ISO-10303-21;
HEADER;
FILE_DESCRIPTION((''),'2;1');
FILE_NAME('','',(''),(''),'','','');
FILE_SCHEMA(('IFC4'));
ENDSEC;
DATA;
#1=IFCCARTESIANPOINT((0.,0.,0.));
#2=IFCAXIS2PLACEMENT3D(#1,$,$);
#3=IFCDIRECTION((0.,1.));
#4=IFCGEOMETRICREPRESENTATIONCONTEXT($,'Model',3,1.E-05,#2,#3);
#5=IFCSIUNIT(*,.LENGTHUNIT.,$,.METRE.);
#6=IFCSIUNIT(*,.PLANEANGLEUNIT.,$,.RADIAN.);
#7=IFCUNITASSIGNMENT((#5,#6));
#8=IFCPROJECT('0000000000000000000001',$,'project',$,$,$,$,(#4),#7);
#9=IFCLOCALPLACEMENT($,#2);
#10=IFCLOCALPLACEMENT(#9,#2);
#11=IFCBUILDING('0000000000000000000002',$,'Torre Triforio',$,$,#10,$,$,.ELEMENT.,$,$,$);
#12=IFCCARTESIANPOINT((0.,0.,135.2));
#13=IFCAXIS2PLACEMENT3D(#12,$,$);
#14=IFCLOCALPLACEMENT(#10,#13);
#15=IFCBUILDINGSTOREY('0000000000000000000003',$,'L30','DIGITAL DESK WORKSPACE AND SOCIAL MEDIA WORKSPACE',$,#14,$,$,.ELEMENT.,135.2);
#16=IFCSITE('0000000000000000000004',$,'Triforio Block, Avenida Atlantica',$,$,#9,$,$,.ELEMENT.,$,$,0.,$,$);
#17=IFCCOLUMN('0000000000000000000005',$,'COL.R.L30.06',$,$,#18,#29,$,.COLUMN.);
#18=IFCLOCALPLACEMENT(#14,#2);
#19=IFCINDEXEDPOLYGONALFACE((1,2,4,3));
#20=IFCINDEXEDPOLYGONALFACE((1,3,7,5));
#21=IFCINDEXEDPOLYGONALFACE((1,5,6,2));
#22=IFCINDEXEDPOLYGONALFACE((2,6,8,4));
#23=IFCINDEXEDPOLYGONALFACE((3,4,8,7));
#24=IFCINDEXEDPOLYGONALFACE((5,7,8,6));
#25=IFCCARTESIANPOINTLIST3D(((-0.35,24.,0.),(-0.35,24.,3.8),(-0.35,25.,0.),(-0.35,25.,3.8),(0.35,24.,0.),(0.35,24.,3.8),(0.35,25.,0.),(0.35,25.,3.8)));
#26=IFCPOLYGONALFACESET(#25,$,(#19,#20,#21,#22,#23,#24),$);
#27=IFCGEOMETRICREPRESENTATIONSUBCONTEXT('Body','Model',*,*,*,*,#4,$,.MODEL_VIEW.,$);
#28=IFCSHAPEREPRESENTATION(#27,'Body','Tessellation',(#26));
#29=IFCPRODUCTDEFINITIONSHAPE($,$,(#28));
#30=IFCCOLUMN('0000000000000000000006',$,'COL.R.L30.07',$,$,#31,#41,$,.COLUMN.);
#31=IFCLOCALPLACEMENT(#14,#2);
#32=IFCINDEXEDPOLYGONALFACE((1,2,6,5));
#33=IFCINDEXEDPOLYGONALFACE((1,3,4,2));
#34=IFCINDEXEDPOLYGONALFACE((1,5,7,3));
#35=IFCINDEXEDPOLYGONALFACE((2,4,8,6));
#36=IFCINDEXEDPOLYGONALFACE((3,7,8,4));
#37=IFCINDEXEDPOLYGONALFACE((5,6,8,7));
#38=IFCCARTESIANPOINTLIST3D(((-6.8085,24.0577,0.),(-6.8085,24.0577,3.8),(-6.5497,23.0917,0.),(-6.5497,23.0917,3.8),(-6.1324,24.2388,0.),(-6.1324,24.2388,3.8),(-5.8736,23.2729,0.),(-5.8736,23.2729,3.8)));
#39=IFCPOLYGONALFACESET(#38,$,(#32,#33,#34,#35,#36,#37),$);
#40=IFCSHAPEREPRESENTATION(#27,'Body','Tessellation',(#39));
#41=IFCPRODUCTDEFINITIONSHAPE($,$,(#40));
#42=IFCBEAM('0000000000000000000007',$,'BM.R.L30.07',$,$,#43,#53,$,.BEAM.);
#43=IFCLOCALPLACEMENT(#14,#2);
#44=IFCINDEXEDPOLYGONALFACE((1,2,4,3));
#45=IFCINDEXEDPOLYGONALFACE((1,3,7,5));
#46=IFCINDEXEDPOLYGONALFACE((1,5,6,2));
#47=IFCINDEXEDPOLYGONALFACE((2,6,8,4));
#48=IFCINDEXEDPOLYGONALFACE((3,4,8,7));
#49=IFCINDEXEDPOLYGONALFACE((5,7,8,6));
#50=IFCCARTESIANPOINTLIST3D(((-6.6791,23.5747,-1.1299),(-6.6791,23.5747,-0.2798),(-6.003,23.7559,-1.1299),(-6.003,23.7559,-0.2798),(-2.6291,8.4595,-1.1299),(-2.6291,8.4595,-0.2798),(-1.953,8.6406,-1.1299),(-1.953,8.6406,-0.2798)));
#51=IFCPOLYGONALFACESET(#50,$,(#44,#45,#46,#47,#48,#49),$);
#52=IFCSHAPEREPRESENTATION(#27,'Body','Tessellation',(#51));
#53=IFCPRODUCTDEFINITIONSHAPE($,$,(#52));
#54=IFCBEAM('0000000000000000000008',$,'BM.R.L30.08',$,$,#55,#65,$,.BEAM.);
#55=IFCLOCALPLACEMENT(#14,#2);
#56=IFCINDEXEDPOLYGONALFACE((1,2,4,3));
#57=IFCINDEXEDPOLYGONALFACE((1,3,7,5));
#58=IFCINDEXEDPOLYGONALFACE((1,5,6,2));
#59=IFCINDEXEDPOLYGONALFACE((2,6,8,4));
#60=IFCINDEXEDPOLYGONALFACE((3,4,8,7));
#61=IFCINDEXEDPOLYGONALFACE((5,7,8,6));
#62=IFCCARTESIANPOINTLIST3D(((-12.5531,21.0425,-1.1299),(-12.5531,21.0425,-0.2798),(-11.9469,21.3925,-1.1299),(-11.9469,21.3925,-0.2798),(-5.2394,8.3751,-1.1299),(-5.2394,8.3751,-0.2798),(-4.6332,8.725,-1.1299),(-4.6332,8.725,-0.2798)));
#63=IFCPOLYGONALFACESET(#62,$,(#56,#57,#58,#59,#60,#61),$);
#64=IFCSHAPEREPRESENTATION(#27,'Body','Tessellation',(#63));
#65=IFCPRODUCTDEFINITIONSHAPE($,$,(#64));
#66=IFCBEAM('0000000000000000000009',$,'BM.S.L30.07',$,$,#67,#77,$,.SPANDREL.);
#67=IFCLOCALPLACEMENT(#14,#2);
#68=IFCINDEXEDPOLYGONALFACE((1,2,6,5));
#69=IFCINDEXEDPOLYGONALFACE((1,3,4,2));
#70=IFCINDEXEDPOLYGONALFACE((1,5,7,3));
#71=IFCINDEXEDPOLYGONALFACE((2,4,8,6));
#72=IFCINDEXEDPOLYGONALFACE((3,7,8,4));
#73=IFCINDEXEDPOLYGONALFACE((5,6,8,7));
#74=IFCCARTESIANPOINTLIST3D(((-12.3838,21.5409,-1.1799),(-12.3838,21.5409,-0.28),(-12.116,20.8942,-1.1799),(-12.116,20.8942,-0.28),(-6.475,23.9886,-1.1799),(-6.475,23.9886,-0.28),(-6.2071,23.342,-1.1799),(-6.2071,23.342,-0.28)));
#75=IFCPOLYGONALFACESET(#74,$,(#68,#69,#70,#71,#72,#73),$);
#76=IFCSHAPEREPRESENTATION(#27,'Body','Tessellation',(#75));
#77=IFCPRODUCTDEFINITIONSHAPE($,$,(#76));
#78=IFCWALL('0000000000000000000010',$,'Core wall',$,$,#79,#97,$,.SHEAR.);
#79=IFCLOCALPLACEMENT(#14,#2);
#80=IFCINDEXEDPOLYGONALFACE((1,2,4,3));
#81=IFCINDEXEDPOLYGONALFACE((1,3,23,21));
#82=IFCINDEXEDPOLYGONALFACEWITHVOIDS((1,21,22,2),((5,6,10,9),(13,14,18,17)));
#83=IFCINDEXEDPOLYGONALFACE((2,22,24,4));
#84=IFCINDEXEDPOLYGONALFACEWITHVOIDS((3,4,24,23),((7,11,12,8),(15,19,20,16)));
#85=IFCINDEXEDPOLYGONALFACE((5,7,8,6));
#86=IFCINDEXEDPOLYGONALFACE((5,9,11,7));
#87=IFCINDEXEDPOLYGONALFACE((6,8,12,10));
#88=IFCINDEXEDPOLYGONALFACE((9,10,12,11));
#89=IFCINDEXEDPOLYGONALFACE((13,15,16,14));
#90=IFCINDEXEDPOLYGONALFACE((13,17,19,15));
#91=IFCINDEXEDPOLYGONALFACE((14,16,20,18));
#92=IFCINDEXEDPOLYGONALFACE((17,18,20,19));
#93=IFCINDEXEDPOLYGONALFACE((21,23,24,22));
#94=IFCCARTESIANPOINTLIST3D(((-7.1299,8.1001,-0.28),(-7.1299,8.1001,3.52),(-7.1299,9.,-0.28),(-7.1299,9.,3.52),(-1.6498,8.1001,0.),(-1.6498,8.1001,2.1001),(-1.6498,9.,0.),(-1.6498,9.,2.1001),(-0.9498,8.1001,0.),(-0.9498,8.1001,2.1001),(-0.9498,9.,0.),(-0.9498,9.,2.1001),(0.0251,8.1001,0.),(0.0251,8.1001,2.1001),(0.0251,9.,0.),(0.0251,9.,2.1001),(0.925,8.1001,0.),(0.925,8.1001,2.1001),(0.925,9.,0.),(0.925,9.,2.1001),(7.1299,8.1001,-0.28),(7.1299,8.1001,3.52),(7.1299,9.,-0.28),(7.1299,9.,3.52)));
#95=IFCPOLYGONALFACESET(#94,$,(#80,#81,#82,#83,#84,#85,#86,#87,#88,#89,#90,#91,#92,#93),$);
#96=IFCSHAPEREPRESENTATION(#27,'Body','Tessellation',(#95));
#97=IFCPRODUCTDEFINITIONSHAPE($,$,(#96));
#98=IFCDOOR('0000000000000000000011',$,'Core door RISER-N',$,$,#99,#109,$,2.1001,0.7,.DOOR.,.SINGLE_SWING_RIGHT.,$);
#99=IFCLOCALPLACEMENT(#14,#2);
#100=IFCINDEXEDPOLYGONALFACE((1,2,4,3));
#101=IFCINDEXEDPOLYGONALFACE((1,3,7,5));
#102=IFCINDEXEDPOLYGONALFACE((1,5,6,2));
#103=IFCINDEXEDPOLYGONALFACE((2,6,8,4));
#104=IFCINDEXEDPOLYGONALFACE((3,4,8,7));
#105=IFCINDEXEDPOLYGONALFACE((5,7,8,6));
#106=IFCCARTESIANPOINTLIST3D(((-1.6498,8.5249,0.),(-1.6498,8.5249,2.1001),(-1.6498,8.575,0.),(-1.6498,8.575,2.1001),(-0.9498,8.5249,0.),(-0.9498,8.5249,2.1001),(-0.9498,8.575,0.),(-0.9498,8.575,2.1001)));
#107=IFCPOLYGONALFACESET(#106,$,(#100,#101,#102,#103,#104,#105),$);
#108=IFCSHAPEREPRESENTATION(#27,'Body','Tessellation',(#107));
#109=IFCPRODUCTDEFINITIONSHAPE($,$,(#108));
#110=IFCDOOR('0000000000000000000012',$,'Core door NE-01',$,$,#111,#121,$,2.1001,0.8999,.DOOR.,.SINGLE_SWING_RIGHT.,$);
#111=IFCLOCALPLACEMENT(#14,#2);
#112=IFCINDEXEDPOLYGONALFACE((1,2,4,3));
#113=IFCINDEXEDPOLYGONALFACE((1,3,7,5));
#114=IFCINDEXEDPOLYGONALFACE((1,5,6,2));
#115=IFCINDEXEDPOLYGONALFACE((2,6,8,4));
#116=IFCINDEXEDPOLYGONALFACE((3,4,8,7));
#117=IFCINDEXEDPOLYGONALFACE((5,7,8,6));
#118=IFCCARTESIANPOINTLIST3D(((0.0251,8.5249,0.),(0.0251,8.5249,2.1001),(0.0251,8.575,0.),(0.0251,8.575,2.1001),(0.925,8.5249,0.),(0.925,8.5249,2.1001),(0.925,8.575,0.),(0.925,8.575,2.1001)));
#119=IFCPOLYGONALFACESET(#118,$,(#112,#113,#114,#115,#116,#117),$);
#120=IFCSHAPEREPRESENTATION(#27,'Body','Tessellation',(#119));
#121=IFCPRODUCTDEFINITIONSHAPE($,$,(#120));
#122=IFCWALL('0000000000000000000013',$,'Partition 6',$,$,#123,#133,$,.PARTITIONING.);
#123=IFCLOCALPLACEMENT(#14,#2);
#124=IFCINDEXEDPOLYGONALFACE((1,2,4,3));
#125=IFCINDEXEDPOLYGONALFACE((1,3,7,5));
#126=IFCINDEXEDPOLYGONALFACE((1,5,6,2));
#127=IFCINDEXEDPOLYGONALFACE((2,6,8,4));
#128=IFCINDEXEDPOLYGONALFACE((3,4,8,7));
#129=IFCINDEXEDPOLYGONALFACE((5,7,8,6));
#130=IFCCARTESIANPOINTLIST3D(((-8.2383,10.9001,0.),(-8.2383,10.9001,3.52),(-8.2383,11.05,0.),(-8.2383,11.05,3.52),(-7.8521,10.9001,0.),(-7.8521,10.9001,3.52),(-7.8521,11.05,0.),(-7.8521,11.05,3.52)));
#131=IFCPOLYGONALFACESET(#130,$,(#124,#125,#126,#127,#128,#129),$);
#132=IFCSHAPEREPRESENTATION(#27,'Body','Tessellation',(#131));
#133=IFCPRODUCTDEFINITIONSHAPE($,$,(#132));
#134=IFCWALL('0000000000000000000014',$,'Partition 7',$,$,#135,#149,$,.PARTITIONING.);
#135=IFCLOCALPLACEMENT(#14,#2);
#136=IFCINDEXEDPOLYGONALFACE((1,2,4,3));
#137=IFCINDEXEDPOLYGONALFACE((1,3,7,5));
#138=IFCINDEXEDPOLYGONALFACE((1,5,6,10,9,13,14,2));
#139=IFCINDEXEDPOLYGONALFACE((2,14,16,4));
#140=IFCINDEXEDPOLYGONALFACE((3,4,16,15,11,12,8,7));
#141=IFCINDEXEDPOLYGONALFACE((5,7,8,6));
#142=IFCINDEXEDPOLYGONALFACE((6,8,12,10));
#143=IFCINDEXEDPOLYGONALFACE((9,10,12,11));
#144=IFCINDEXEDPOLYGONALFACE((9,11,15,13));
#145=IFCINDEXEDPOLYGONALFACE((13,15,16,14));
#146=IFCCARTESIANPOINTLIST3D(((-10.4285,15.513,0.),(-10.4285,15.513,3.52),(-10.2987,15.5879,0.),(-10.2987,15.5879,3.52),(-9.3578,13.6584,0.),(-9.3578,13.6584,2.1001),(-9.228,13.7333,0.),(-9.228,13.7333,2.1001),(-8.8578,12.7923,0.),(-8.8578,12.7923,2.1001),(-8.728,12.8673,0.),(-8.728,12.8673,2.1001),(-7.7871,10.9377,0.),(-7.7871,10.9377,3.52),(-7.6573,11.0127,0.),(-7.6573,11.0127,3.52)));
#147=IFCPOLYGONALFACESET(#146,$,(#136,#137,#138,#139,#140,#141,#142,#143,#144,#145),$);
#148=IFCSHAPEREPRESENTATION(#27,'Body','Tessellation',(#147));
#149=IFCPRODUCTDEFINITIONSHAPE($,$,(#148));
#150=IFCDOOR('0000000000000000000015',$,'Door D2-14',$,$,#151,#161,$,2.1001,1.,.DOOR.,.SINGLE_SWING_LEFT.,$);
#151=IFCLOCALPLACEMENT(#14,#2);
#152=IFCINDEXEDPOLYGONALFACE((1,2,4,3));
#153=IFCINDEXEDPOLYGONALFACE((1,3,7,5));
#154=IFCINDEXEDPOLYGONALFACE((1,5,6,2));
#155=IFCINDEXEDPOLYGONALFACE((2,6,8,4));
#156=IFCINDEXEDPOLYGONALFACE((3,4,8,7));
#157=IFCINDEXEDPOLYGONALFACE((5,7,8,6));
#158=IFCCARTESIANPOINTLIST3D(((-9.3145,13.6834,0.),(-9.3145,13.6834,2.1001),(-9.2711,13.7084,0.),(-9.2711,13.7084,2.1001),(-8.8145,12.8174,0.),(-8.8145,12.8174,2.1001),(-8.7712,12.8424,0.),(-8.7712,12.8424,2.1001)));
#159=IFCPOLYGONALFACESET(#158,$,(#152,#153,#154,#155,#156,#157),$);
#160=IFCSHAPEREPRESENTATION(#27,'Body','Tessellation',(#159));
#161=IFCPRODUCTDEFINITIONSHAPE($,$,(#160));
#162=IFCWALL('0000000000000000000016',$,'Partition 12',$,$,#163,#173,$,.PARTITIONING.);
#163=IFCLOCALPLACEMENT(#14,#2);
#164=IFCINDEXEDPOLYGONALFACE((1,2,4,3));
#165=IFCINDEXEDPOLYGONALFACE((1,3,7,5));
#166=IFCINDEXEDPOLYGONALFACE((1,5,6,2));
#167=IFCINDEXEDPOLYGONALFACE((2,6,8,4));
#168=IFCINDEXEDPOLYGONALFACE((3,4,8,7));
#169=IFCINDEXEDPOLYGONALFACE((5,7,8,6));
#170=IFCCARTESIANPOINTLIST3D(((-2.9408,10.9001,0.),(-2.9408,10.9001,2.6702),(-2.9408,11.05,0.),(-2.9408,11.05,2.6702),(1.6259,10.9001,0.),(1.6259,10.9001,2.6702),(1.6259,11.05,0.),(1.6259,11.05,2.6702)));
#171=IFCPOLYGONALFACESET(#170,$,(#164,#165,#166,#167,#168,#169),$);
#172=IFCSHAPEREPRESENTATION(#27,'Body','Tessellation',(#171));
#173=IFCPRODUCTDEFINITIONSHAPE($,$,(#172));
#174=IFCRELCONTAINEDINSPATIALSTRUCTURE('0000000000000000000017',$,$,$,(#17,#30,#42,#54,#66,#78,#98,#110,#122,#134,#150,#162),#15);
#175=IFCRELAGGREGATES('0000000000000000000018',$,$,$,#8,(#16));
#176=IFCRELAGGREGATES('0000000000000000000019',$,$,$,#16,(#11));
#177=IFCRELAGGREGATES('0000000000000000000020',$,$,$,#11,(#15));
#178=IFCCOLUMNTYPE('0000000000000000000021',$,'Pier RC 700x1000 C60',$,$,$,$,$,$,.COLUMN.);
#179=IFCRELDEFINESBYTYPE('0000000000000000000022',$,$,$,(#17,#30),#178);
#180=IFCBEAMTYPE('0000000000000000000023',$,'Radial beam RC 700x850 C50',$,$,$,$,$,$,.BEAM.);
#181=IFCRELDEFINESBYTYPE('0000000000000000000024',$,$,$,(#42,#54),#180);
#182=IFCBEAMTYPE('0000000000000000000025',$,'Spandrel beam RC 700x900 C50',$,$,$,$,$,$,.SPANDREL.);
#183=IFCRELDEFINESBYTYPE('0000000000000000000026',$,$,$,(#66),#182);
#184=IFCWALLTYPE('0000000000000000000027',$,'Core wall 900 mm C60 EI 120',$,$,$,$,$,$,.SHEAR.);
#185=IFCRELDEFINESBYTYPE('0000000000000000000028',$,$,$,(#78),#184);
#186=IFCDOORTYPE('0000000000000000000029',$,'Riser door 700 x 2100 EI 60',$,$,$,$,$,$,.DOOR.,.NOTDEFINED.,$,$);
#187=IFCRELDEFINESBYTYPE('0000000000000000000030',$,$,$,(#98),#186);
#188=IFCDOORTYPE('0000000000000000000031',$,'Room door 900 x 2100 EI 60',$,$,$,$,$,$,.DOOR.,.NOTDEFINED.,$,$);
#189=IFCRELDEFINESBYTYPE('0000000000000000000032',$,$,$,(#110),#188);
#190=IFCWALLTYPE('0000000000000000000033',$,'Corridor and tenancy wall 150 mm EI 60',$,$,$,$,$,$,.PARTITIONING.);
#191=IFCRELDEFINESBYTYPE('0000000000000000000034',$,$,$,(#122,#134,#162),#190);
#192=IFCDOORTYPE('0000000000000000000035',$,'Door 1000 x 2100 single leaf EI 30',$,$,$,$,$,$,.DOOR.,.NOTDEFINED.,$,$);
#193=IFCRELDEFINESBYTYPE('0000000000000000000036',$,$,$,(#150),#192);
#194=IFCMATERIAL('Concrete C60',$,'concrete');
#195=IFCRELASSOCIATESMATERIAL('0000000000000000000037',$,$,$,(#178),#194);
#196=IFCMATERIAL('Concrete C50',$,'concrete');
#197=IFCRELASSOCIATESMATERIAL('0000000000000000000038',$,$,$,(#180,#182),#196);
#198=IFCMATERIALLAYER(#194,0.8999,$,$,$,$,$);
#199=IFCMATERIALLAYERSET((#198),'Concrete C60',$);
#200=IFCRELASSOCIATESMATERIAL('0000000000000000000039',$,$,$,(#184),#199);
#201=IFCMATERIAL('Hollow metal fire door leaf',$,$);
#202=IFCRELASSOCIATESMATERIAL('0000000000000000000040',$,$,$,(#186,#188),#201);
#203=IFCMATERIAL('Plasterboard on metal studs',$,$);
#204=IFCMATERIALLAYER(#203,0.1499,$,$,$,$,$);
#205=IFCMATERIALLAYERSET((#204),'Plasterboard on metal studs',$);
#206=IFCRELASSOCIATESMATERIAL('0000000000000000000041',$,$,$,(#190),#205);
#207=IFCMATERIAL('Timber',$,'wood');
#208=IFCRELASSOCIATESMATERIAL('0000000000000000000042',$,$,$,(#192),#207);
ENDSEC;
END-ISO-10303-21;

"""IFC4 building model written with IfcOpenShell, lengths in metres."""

from ifc_helpers import new_model, si_unit, direction, frame, frame_2d, origin, origin_2d, place, context, subcontext, project, spatial, rectangle, extrude, material, layer, layer_set, material_profile, profile_set, type_object, element, fill, save


model = new_model("IFC4")

# Units and contexts
model_context = context("Model", 3, precision=1e-05, world=origin(), true_north=direction((0.0, 1.0)))
body_context = subcontext(model_context, "Body", "Model", "MODEL_VIEW")
ifc_project = project(units=[si_unit("LENGTHUNIT", "METRE"), si_unit("PLANEANGLEUNIT", "RADIAN")], contexts=[model_context])

# Site, building, storey
site_placement = place(None, origin())
site = spatial("IfcSite", under=ifc_project, at=site_placement, Name="Triforio Block, Avenida Atlantica", CompositionType="ELEMENT", RefElevation=0.0)
building_placement = place(site_placement, origin())
building = spatial("IfcBuilding", under=site, at=building_placement, Name="Torre Triforio", CompositionType="ELEMENT")
storey_placement = place(building_placement, frame((0.0, 0.0, 135.2)))
storey = spatial("IfcBuildingStorey", under=building, at=storey_placement, Name="L30", Description="DIGITAL DESK WORKSPACE AND SOCIAL MEDIA WORKSPACE", CompositionType="ELEMENT", Elevation=135.2)

# Columns
ifc_material_1 = material(Name="Concrete C60", Category="concrete")
ifc_material_profile_1 = material_profile(ifc_material_1, rectangle(XDim=0.7, YDim=1.0, at=origin_2d()), Name="RC 700x1000")
ifc_profile_set_1 = profile_set([ifc_material_profile_1], Name="Concrete C60")
column_type = type_object("IfcColumnType", Name="Pier RC 700x1000 C60", PredefinedType="COLUMN", material=ifc_profile_set_1)
for number, where, z_axis, x_axis, name in (
    (1, (0.0, 24.5, 0.0), (0.0, 0.0, 1.0), (-1.0, 0.0, 0.0), "COL.R.L30.06"),
    (2, (-6.3411, 23.6653, 0.0), (0.0, 0.0, 1.0), (-0.965926, -0.258819, 0.0), "COL.R.L30.07"),
):
    element("IfcColumn", number, at=place(storey_placement, frame(where, z_axis=z_axis, x_axis=x_axis)), inside=storey, type_object=column_type, Name=name, PredefinedType="COLUMN", context=body_context, shape_type="SweptSolid", body=[
        extrude(rectangle(XDim=0.7, YDim=1.0, at=origin_2d()), origin(), (0.0, 0.0, 1.0), 3.8),
    ])

# Beams
ifc_material_2 = material(Name="Concrete C50", Category="concrete")
ifc_material_profile_2 = material_profile(ifc_material_2, rectangle(XDim=0.7, YDim=0.8501, at=origin_2d()), Name="RC 700x850")
ifc_profile_set_2 = profile_set([ifc_material_profile_2], Name="Concrete C50")
beam_type_1 = type_object("IfcBeamType", Name="Radial beam RC 700x850 C50", PredefinedType="BEAM", material=ifc_profile_set_2)
beam_1_placement = place(storey_placement, frame((-2.291, 8.55, -0.7048), z_axis=(-0.258815, 0.965927, 0.0), x_axis=(-0.965927, -0.258815, 0.0)))
element("IfcBeam", 3, at=beam_1_placement, inside=storey, type_object=beam_type_1, Name="BM.R.L30.07", PredefinedType="BEAM", context=body_context, shape_type="SweptSolid", body=[
    extrude(rectangle(XDim=0.7, YDim=0.8501, at=origin_2d()), origin(), (0.0, 0.0, 1.0), 15.6484),
])
beam_2_placement = place(storey_placement, frame((-4.9363, 8.55, -0.7048), z_axis=(-0.500008, 0.866021, 0.0), x_axis=(-0.866021, -0.500008, 0.0)))
element("IfcBeam", 4, at=beam_2_placement, inside=storey, type_object=beam_type_1, Name="BM.R.L30.08", PredefinedType="BEAM", context=body_context, shape_type="SweptSolid", body=[
    extrude(rectangle(XDim=0.7, YDim=0.8501, at=origin_2d()), origin(), (0.0, 0.0, 1.0), 14.6272),
])
ifc_material_profile_3 = material_profile(ifc_material_2, rectangle(XDim=0.7, YDim=0.8999, at=origin_2d()), Name="RC 700x900")
ifc_profile_set_3 = profile_set([ifc_material_profile_3], Name="Concrete C50")
beam_type_2 = type_object("IfcBeamType", Name="Spandrel beam RC 700x900 C50", PredefinedType="SPANDREL", material=ifc_profile_set_3)
beam_3_placement = place(storey_placement, frame((-6.3411, 23.6653, -0.73), z_axis=(-0.923869, -0.382709, 0.0), x_axis=(0.382709, -0.923869, 0.0)))
element("IfcBeam", 5, at=beam_3_placement, inside=storey, type_object=beam_type_2, Name="BM.S.L30.07", PredefinedType="SPANDREL", context=body_context, shape_type="SweptSolid", body=[
    extrude(rectangle(XDim=0.7, YDim=0.8999, at=origin_2d()), origin(), (0.0, 0.0, 1.0), 6.3958),
])

# Wall, openings, doors
ifc_layer_1 = layer(ifc_material_1, 0.8999)
ifc_layer_set_1 = layer_set([ifc_layer_1], Name="Concrete C60")
wall_type_1 = type_object("IfcWallType", Name="Core wall 900 mm C60 EI 120", PredefinedType="SHEAR", material=ifc_layer_set_1)
wall_1_placement = place(storey_placement, frame((-7.1299, 8.55, -0.28), z_axis=(0.0, 0.0, 1.0), x_axis=(1.0, 0.0, 0.0)))
wall_1 = element("IfcWall", 6, at=wall_1_placement, inside=storey, type_object=wall_type_1, Name="Core wall", PredefinedType="SHEAR", context=body_context, shape_type="SweptSolid", body=[
    extrude(rectangle(XDim=14.2598, YDim=0.8999, at=frame_2d((7.1299, 0.0))), origin(), (0.0, 0.0, 1.0), 3.8),
])
opening_1_placement = place(wall_1_placement, frame((5.48, 0.0, 0.28)))
opening_1 = element("IfcOpeningElement", 7, at=opening_1_placement, cuts=wall_1, PredefinedType="OPENING", context=body_context, shape_type="SweptSolid", body=[
    extrude(rectangle(XDim=0.7, YDim=2.1001, at=frame_2d((0.3501, 1.05))), frame((0.0, 0.46, 0.0), z_axis=(0.0, -1.0, 0.0), x_axis=(1.0, 0.0, 0.0)), (0.0, 0.0, 1.0), 0.9199),
])
opening_2_placement = place(wall_1_placement, frame((7.155, 0.0, 0.28)))
opening_2 = element("IfcOpeningElement", 8, at=opening_2_placement, cuts=wall_1, PredefinedType="OPENING", context=body_context, shape_type="SweptSolid", body=[
    extrude(rectangle(XDim=0.8999, YDim=2.1001, at=frame_2d((0.45, 1.05))), frame((0.0, 0.46, 0.0), z_axis=(0.0, -1.0, 0.0), x_axis=(1.0, 0.0, 0.0)), (0.0, 0.0, 1.0), 0.9199),
])
ifc_material_3 = material(Name="Hollow metal fire door leaf")
door_type_1 = type_object("IfcDoorType", Name="Riser door 700 x 2100 EI 60", OperationType="NOTDEFINED", PredefinedType="DOOR", material=ifc_material_3)
door_1_placement = place(opening_1_placement, origin())
door_1 = element("IfcDoor", 9, at=door_1_placement, inside=storey, type_object=door_type_1, Name="Core door RISER-N", OperationType="SINGLE_SWING_RIGHT", OverallHeight=2.1001, OverallWidth=0.7, PredefinedType="DOOR", context=body_context, shape_type="SweptSolid", body=[
    extrude(rectangle(XDim=0.7, YDim=2.1001, at=frame_2d((0.3501, 1.05))), frame((0.0, 0.0249, 0.0), z_axis=(0.0, -1.0, 0.0), x_axis=(1.0, 0.0, 0.0)), (0.0, 0.0, 1.0), 0.05),
])
fill(opening_1, door_1)
door_type_2 = type_object("IfcDoorType", Name="Room door 900 x 2100 EI 60", OperationType="NOTDEFINED", PredefinedType="DOOR", material=ifc_material_3)
door_2_placement = place(opening_2_placement, origin())
door_2 = element("IfcDoor", 10, at=door_2_placement, inside=storey, type_object=door_type_2, Name="Core door NE-01", OperationType="SINGLE_SWING_RIGHT", OverallHeight=2.1001, OverallWidth=0.8999, PredefinedType="DOOR", context=body_context, shape_type="SweptSolid", body=[
    extrude(rectangle(XDim=0.8999, YDim=2.1001, at=frame_2d((0.45, 1.05))), frame((0.0, 0.0249, 0.0), z_axis=(0.0, -1.0, 0.0), x_axis=(1.0, 0.0, 0.0)), (0.0, 0.0, 1.0), 0.05),
])
fill(opening_2, door_2)

# Wall
ifc_material_4 = material(Name="Plasterboard on metal studs")
ifc_layer_2 = layer(ifc_material_4, 0.1499)
ifc_layer_set_2 = layer_set([ifc_layer_2], Name="Plasterboard on metal studs")
wall_type_2 = type_object("IfcWallType", Name="Corridor and tenancy wall 150 mm EI 60", PredefinedType="PARTITIONING", material=ifc_layer_set_2)
wall_2_placement = place(storey_placement, frame((-8.2383, 10.9751, 0.0), z_axis=(0.0, 0.0, 1.0), x_axis=(1.0, 0.0, 0.0)))
element("IfcWall", 11, at=wall_2_placement, inside=storey, type_object=wall_type_2, Name="Partition 6", PredefinedType="PARTITIONING", context=body_context, shape_type="SweptSolid", body=[
    extrude(rectangle(XDim=0.3862, YDim=0.1499, at=frame_2d((0.1931, 0.0))), origin(), (0.0, 0.0, 1.0), 3.52),
])

# Wall, opening, door
wall_3_placement = place(storey_placement, frame((-7.7222, 10.9751, 0.0), z_axis=(0.0, 0.0, 1.0), x_axis=(-0.499981, 0.866036, 0.0)))
wall_3 = element("IfcWall", 12, at=wall_3_placement, inside=storey, type_object=wall_type_2, Name="Partition 7", PredefinedType="PARTITIONING", context=body_context, shape_type="SweptSolid", body=[
    extrude(rectangle(XDim=5.283, YDim=0.1499, at=frame_2d((2.6416, 0.0))), origin(), (0.0, 0.0, 1.0), 3.52),
])
opening_3_placement = place(wall_3_placement, frame((2.1416, 0.0, 0.0)))
opening_3 = element("IfcOpeningElement", 13, at=opening_3_placement, cuts=wall_3, PredefinedType="OPENING", context=body_context, shape_type="SweptSolid", body=[
    extrude(rectangle(XDim=1.0, YDim=2.1001, at=frame_2d((0.5, 1.05))), frame((0.0, 0.085, 0.0), z_axis=(0.0, -1.0, 0.0), x_axis=(1.0, 0.0, 0.0)), (0.0, 0.0, 1.0), 0.1699),
])
ifc_material_5 = material(Name="Timber", Category="wood")
door_type_3 = type_object("IfcDoorType", Name="Door 1000 x 2100 single leaf EI 30", OperationType="NOTDEFINED", PredefinedType="DOOR", material=ifc_material_5)
door_3_placement = place(opening_3_placement, origin())
door_3 = element("IfcDoor", 14, at=door_3_placement, inside=storey, type_object=door_type_3, Name="Door D2-14", OperationType="SINGLE_SWING_LEFT", OverallHeight=2.1001, OverallWidth=1.0, PredefinedType="DOOR", context=body_context, shape_type="SweptSolid", body=[
    extrude(rectangle(XDim=1.0, YDim=2.1001, at=frame_2d((0.5, 1.05))), frame((0.0, 0.0249, 0.0), z_axis=(0.0, -1.0, 0.0), x_axis=(1.0, 0.0, 0.0)), (0.0, 0.0, 1.0), 0.05),
])
fill(opening_3, door_3)

# Wall
wall_4_placement = place(storey_placement, frame((-2.9407, 10.9751, 0.0), z_axis=(0.0, 0.0, 1.0), x_axis=(1.0, 0.0, 0.0)))
element("IfcWall", 15, at=wall_4_placement, inside=storey, type_object=wall_type_2, Name="Partition 12", PredefinedType="PARTITIONING", context=body_context, shape_type="SweptSolid", body=[
    extrude(rectangle(XDim=4.5667, YDim=0.1499, at=frame_2d((2.2832, 0.0))), origin(), (0.0, 0.0, 1.0), 2.6702),
])

save(model, "model.ifc")
